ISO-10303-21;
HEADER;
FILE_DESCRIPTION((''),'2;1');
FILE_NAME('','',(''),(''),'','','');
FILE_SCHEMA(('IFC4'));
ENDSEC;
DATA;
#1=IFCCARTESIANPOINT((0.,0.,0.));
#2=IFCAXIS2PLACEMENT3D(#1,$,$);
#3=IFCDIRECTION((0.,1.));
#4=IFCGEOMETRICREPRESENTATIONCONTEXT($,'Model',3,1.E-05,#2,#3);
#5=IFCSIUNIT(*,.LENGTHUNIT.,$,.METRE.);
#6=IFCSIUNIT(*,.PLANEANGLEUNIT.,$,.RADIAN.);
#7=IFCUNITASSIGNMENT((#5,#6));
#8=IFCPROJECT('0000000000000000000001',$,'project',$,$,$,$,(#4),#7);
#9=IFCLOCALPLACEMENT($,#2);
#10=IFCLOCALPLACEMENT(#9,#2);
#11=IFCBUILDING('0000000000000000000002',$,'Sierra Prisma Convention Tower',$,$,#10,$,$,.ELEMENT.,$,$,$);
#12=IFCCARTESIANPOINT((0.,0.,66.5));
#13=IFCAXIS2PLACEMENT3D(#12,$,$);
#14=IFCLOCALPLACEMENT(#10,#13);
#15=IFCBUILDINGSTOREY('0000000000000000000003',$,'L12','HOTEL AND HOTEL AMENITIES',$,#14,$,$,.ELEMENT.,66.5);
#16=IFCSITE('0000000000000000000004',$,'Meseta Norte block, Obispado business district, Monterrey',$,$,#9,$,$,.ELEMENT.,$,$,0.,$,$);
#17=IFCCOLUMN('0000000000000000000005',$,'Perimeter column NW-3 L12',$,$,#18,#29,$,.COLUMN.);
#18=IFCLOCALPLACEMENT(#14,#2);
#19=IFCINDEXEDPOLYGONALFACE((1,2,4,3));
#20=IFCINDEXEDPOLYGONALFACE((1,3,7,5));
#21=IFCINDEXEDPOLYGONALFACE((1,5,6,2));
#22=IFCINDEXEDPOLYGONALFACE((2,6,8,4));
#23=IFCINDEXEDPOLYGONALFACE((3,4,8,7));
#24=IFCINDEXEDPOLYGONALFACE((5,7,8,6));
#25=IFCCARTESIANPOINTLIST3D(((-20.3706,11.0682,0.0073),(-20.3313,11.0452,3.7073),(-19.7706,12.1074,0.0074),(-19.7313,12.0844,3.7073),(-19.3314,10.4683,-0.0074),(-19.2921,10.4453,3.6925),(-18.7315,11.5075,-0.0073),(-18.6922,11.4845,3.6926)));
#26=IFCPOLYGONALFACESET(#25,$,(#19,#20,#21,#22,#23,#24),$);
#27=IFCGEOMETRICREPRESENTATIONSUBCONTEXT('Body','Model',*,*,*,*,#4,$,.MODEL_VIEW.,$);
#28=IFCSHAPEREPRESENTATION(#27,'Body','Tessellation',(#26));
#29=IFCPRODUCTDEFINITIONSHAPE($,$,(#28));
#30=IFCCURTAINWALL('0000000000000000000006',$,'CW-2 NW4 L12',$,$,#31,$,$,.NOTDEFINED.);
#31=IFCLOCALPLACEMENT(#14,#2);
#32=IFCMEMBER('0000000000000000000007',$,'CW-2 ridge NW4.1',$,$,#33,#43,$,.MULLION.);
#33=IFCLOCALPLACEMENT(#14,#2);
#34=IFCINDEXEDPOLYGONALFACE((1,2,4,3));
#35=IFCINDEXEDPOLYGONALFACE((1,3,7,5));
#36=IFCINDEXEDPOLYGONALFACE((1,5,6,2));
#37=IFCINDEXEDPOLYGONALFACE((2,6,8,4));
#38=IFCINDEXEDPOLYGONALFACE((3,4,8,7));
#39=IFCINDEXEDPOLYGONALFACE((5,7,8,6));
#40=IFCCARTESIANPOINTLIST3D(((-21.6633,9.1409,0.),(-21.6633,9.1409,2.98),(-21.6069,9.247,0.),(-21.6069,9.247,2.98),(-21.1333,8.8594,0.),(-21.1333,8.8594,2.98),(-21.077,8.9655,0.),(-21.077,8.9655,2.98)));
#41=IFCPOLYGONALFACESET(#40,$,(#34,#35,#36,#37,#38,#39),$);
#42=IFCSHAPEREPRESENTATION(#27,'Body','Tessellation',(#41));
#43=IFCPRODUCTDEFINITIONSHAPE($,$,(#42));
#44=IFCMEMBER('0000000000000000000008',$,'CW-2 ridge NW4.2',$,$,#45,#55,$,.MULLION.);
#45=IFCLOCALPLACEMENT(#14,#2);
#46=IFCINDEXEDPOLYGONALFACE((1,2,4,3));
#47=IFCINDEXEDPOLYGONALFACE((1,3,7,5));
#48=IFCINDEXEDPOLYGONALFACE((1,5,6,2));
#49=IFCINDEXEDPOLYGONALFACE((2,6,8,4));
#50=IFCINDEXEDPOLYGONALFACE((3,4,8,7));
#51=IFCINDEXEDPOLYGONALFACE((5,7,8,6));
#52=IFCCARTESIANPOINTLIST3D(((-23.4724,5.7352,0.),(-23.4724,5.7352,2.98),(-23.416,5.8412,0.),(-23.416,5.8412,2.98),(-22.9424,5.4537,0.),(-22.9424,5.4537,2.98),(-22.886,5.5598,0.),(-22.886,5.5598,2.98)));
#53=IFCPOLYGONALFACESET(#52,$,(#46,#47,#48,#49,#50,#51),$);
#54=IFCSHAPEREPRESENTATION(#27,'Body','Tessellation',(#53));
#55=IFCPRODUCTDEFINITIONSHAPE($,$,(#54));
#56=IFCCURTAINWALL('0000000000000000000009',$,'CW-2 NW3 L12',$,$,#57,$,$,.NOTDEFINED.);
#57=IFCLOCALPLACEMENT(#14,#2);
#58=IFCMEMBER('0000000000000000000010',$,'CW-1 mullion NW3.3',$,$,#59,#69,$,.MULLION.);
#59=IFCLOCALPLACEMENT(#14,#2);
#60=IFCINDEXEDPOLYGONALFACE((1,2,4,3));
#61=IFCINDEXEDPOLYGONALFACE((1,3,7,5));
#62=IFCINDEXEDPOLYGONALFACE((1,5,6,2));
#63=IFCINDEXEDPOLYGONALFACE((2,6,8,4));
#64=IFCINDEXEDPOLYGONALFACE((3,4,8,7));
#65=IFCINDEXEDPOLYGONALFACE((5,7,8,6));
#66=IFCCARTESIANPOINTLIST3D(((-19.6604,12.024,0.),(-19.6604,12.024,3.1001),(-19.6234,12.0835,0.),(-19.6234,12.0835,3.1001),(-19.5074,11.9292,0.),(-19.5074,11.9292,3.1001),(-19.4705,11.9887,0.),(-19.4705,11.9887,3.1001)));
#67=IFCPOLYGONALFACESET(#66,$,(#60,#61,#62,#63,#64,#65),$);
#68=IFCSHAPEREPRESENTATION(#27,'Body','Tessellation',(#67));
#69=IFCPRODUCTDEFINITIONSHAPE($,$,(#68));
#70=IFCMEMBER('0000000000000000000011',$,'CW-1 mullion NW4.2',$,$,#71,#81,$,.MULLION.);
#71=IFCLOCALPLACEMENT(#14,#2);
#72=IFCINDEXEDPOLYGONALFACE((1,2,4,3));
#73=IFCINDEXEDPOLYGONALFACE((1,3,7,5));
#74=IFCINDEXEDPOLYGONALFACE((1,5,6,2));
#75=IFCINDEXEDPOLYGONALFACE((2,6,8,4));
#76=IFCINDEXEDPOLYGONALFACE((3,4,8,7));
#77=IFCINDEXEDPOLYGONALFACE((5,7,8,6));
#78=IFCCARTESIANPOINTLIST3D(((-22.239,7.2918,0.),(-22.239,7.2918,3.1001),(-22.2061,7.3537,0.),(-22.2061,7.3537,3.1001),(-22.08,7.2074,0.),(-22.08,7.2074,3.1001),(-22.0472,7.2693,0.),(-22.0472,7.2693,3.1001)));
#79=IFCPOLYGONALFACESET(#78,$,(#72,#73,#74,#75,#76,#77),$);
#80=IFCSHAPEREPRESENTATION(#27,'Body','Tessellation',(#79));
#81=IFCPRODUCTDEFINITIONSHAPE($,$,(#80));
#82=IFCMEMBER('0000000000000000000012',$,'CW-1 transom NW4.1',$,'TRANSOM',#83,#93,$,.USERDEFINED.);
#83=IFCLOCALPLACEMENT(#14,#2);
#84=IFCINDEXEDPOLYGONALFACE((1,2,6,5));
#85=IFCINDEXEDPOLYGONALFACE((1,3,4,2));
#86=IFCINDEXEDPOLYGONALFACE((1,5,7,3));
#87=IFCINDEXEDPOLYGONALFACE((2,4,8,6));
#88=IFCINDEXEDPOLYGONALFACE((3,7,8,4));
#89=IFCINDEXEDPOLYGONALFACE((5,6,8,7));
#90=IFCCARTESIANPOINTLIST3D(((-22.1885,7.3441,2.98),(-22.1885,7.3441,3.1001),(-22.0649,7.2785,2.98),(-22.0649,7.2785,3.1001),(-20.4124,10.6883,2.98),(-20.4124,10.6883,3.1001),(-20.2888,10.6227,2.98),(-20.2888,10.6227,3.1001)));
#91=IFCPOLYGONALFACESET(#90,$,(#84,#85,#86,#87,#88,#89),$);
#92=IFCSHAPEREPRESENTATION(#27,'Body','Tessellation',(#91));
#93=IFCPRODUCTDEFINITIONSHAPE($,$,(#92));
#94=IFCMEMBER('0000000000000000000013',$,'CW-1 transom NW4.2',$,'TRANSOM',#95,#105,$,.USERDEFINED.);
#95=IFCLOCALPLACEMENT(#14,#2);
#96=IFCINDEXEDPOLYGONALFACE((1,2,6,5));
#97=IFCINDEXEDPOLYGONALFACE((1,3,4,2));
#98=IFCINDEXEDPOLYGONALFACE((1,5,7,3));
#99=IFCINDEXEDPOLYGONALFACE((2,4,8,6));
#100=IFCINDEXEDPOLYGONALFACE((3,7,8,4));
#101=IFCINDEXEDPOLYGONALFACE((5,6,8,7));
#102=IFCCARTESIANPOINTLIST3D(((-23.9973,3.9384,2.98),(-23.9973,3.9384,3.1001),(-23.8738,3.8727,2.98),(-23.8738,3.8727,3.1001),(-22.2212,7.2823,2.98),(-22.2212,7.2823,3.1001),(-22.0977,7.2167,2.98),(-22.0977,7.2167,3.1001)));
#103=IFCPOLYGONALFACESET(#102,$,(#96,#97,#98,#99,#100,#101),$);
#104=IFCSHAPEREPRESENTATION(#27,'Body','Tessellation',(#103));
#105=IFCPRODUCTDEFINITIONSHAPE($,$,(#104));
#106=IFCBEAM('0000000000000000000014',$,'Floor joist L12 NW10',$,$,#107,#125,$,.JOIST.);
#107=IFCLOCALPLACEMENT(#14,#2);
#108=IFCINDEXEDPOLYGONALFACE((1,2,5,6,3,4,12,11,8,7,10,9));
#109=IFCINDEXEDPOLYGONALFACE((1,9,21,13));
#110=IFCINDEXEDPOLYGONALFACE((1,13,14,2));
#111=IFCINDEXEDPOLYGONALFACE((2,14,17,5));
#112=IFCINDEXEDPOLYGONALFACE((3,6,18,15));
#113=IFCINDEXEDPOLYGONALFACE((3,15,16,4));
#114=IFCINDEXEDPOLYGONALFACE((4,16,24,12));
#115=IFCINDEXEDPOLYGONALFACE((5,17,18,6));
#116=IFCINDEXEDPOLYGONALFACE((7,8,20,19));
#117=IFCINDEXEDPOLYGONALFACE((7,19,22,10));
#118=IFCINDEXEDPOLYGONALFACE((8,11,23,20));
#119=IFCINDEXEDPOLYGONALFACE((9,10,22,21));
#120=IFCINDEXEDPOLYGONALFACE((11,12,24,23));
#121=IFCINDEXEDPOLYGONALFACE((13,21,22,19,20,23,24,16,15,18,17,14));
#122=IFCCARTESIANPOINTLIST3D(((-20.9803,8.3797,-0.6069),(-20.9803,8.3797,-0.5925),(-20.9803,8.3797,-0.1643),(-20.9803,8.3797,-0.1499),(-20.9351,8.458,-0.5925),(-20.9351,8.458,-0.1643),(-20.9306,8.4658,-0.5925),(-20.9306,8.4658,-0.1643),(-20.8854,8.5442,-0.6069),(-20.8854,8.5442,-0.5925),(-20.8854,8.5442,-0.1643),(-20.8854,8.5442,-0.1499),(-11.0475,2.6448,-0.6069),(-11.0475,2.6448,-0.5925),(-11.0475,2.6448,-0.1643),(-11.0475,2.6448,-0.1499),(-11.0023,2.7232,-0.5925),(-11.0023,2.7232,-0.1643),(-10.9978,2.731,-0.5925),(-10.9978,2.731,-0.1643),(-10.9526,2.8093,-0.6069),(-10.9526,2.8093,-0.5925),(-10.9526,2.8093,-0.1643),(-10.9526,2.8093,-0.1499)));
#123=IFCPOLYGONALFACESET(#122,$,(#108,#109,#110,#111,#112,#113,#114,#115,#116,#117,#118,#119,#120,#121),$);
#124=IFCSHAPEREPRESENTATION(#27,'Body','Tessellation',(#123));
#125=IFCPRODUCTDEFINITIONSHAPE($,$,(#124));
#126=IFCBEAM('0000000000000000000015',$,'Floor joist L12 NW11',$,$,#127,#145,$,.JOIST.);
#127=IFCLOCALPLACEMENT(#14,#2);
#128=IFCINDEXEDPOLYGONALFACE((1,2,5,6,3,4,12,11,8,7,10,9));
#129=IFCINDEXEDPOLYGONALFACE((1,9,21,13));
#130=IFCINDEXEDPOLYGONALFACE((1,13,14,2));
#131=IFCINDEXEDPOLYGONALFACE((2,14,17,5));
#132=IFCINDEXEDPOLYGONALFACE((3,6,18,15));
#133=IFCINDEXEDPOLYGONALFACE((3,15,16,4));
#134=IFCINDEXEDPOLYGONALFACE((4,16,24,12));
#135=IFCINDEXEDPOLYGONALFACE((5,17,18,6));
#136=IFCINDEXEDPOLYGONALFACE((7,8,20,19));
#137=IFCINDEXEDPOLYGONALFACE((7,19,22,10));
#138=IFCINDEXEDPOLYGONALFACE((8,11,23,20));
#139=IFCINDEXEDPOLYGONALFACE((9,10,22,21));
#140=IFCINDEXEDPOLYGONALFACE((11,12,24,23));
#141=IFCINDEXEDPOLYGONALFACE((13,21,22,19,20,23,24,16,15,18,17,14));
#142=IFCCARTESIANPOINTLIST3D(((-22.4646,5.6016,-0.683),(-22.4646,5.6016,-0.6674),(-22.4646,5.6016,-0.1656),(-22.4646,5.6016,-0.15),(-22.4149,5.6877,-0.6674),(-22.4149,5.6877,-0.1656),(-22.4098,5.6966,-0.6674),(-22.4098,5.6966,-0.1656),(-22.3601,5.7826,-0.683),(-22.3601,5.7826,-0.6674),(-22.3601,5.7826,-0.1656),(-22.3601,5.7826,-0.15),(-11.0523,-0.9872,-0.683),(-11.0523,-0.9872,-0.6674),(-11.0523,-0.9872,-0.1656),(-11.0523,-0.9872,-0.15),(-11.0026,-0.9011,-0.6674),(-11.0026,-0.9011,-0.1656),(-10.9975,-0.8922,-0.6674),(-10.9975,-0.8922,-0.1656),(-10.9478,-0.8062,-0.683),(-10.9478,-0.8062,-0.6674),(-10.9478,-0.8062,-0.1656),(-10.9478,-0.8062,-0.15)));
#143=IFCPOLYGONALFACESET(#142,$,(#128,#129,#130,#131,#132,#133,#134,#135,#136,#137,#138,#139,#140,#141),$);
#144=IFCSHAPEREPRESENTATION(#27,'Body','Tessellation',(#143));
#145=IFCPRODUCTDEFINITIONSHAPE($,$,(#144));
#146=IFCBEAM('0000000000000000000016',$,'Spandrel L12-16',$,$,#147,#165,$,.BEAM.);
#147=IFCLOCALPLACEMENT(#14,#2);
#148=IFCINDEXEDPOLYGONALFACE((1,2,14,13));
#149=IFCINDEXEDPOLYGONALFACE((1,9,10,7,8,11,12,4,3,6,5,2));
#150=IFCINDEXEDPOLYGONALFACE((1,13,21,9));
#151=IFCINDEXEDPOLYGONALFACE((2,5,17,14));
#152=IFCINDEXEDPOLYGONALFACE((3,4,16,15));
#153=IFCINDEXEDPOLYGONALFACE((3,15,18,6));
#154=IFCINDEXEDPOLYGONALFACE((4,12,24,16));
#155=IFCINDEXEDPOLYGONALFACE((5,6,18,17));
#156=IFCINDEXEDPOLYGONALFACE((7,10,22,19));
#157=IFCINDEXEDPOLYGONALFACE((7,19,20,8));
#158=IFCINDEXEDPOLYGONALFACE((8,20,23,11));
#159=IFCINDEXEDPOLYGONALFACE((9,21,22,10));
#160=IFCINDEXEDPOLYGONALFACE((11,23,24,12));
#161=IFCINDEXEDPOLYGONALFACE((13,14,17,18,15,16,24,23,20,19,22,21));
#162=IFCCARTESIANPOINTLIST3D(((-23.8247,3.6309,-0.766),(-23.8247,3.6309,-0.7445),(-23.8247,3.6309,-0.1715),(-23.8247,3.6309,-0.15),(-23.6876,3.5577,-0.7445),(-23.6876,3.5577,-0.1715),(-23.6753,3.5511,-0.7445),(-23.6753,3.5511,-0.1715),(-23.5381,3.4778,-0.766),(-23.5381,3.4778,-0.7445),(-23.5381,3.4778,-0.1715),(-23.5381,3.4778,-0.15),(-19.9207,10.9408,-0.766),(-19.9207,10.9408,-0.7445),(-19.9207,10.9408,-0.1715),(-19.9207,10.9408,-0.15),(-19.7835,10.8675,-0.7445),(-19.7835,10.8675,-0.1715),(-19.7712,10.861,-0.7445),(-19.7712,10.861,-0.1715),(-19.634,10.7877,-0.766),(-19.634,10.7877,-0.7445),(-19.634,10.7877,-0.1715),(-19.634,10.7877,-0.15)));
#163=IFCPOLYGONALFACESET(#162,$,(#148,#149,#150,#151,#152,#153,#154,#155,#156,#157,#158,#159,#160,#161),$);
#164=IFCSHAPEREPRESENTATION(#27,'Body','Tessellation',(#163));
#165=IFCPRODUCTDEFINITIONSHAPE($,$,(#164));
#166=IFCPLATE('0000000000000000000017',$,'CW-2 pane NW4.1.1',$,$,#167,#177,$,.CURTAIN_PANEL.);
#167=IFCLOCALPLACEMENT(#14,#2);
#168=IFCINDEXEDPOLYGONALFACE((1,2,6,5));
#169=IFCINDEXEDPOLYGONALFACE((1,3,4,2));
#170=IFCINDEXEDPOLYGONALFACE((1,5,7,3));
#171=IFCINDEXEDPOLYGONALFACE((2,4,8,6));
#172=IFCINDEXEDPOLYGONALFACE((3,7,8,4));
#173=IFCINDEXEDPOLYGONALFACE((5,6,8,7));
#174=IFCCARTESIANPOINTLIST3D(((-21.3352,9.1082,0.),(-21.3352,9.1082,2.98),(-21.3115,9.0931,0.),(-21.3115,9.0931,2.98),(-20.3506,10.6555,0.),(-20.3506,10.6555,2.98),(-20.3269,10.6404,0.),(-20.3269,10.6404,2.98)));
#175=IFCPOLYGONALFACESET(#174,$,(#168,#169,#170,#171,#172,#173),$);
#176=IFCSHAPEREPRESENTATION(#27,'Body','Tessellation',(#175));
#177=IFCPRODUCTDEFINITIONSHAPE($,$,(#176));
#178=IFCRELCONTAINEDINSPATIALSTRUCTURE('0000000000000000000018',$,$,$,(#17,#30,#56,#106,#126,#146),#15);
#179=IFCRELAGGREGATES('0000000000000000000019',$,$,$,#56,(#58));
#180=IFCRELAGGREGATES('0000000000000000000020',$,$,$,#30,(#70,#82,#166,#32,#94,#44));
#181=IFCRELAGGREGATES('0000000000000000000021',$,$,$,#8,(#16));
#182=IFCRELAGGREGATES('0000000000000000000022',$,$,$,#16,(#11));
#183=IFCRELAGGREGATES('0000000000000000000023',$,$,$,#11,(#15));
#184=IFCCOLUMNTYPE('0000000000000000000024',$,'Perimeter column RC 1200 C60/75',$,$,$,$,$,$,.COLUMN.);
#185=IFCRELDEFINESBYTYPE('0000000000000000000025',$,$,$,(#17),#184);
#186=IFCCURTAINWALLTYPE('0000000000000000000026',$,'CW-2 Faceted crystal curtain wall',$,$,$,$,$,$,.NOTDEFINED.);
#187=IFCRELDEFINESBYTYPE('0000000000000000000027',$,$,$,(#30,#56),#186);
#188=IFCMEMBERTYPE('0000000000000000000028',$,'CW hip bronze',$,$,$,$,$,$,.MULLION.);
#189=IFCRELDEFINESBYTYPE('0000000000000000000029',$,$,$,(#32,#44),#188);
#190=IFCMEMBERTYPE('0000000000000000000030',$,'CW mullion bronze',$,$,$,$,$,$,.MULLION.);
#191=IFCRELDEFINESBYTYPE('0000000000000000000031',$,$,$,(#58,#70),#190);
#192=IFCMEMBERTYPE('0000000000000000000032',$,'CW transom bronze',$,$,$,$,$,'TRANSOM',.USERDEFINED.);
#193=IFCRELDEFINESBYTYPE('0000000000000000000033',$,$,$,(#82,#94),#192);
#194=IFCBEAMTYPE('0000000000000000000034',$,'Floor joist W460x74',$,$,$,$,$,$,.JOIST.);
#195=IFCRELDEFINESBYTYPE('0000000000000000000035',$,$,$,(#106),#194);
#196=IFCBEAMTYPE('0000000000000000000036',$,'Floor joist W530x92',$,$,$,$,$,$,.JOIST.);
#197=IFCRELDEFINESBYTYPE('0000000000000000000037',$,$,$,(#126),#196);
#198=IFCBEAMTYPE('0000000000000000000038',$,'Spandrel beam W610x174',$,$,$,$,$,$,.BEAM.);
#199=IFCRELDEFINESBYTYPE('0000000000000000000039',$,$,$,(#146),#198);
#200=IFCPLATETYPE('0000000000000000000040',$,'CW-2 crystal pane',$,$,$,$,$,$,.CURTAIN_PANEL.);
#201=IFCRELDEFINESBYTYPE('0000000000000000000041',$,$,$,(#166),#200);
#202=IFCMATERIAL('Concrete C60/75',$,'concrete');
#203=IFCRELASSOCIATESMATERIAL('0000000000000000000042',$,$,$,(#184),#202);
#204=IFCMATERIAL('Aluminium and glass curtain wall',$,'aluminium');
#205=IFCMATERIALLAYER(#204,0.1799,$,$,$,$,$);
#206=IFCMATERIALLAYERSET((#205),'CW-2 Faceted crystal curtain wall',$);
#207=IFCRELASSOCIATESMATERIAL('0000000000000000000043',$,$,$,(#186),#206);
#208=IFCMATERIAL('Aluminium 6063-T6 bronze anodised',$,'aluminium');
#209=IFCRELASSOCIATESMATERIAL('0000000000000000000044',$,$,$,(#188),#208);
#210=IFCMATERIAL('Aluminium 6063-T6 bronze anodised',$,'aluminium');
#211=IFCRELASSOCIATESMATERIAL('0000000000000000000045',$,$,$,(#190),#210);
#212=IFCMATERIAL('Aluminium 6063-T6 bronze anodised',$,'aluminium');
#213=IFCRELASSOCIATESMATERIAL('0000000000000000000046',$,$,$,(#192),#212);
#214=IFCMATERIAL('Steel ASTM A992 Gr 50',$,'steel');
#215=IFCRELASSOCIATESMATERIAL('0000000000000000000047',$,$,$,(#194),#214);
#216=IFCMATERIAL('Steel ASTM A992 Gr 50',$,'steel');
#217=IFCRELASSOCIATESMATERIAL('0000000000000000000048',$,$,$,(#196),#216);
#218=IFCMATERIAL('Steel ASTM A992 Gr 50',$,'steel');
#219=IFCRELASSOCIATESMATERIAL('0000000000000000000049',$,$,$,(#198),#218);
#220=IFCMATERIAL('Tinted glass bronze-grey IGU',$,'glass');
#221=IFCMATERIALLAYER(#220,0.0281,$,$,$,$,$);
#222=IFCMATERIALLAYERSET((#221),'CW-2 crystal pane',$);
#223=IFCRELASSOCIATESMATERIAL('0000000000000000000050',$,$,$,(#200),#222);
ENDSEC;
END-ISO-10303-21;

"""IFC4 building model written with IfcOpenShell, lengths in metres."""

from ifc_helpers import new_model, si_unit, direction, frame, origin, origin_2d, place, context, subcontext, project, spatial, polyline, rectangle, i_section, outline, extrude, material, layer, layer_set, material_profile, profile_set, type_object, element, aggregate, save


model = new_model("IFC4")

# Units and contexts
model_context = context("Model", 3, precision=1e-05, world=origin(), true_north=direction((0.0, 1.0)))
body_context = subcontext(model_context, "Body", "Model", "MODEL_VIEW")
ifc_project = project(units=[si_unit("LENGTHUNIT", "METRE"), si_unit("PLANEANGLEUNIT", "RADIAN")], contexts=[model_context])

# Site, building, storey
site_placement = place(None, origin())
site = spatial("IfcSite", under=ifc_project, at=site_placement, Name="Meseta Norte block, Obispado business district, Monterrey", CompositionType="ELEMENT", RefElevation=0.0)
building_placement = place(site_placement, origin())
building = spatial("IfcBuilding", under=site, at=building_placement, Name="Sierra Prisma Convention Tower", CompositionType="ELEMENT")
storey_placement = place(building_placement, frame((0.0, 0.0, 66.5)))
storey = spatial("IfcBuildingStorey", under=building, at=storey_placement, Name="L12", Description="HOTEL AND HOTEL AMENITIES", CompositionType="ELEMENT", Elevation=66.5)

# Column
ifc_material_1 = material(Name="Concrete C60/75", Category="concrete")
ifc_material_profile_1 = material_profile(ifc_material_1, rectangle(XDim=1.2, YDim=1.2, at=origin_2d()), Name="Perimeter column RC 1200 C60/75")
ifc_profile_set_1 = profile_set([ifc_material_profile_1], Name="Concrete C60/75")
column_type = type_object("IfcColumnType", Name="Perimeter column RC 1200 C60/75", PredefinedType="COLUMN", material=ifc_profile_set_1)
column_placement = place(storey_placement, frame((-19.551, 11.2878, 0.0), z_axis=(0.010623, -0.006202, 0.999924), x_axis=(0.499972, 0.866042, 0.00006)))
element("IfcColumn", 1, at=column_placement, inside=storey, type_object=column_type, Name="Perimeter column NW-3 L12", PredefinedType="COLUMN", context=body_context, shape_type="SweptSolid", body=[
    extrude(rectangle(XDim=1.2, YDim=1.2, at=origin_2d()), origin(), (0.0, 0.0, 1.0), 3.7002),
])

# Curtain wall, members
ifc_material_2 = material(Name="Aluminium and glass curtain wall", Category="aluminium")
ifc_layer_1 = layer(ifc_material_2, 0.1799)
ifc_layer_set_1 = layer_set([ifc_layer_1], Name="CW-2 Faceted crystal curtain wall")
curtain_wall_type = type_object("IfcCurtainWallType", Name="CW-2 Faceted crystal curtain wall", PredefinedType="NOTDEFINED", material=ifc_layer_set_1)
curtain_wall_1_placement = place(storey_placement, origin())
curtain_wall_1 = element("IfcCurtainWall", 2, at=curtain_wall_1_placement, inside=storey, type_object=curtain_wall_type, Name="CW-2 NW4 L12", PredefinedType="NOTDEFINED")
ifc_material_3 = material(Name="Aluminium 6063-T6 bronze anodised", Category="aluminium")
ifc_material_profile_2 = material_profile(ifc_material_3, rectangle(XDim=0.1201, YDim=0.6001, at=origin_2d()), Name="ALU RIDGE BLADE 120x600")
ifc_profile_set_2 = profile_set([ifc_material_profile_2], Name="Aluminium 6063-T6 bronze anodised")
member_type_1 = type_object("IfcMemberType", Name="CW hip bronze", PredefinedType="MULLION", material=ifc_profile_set_2)
member_1_placement = place(storey_placement, frame((-21.3701, 9.0532, 0.0), z_axis=(0.0, 0.0, 1.0), x_axis=(-0.469079, -0.883156, 0.0)))
member_1 = element("IfcMember", 3, at=member_1_placement, type_object=member_type_1, Name="CW-2 ridge NW4.1", PredefinedType="MULLION", context=body_context, shape_type="SweptSolid", body=[
    extrude(rectangle(XDim=0.1201, YDim=0.6001, at=origin_2d()), origin(), (0.0, 0.0, 1.0), 2.98),
])
member_2_placement = place(storey_placement, frame((-23.1792, 5.6475, 0.0), z_axis=(0.0, 0.0, 1.0), x_axis=(-0.469079, -0.883156, 0.0)))
member_2 = element("IfcMember", 4, at=member_2_placement, type_object=member_type_1, Name="CW-2 ridge NW4.2", PredefinedType="MULLION", context=body_context, shape_type="SweptSolid", body=[
    extrude(rectangle(XDim=0.1201, YDim=0.6001, at=origin_2d()), origin(), (0.0, 0.0, 1.0), 2.98),
])

# Curtain wall, member
curtain_wall_2_placement = place(storey_placement, origin())
curtain_wall_2 = element("IfcCurtainWall", 5, at=curtain_wall_2_placement, inside=storey, type_object=curtain_wall_type, Name="CW-2 NW3 L12", PredefinedType="NOTDEFINED")
ifc_material_4 = material(Name="Aluminium 6063-T6 bronze anodised", Category="aluminium")
ifc_material_profile_3 = material_profile(ifc_material_4, rectangle(XDim=0.1799, YDim=0.0701, at=origin_2d()), Name="ALU MULLION 70x180")
ifc_profile_set_3 = profile_set([ifc_material_profile_3], Name="Aluminium 6063-T6 bronze anodised")
member_type_2 = type_object("IfcMemberType", Name="CW mullion bronze", PredefinedType="MULLION", material=ifc_profile_set_3)
member_3_placement = place(storey_placement, frame((-19.5654, 12.0063, 0.0), z_axis=(0.0, 0.0, 1.0), x_axis=(0.849905, -0.526936, 0.0)))
member_3 = element("IfcMember", 6, at=member_3_placement, type_object=member_type_2, Name="CW-1 mullion NW3.3", PredefinedType="MULLION", context=body_context, shape_type="SweptSolid", body=[
    extrude(rectangle(XDim=0.1799, YDim=0.0701, at=origin_2d()), origin(), (0.0, 0.0, 1.0), 3.1001),
])
aggregate(curtain_wall_2, [member_3])

# Members
member_4_placement = place(storey_placement, frame((-22.1431, 7.2805, 0.0), z_axis=(0.0, 0.0, 1.0), x_axis=(0.883156, -0.469079, 0.0)))
member_4 = element("IfcMember", 7, at=member_4_placement, type_object=member_type_2, Name="CW-1 mullion NW4.2", PredefinedType="MULLION", context=body_context, shape_type="SweptSolid", body=[
    extrude(rectangle(XDim=0.1799, YDim=0.0701, at=origin_2d()), origin(), (0.0, 0.0, 1.0), 3.1001),
])
ifc_material_5 = material(Name="Aluminium 6063-T6 bronze anodised", Category="aluminium")
ifc_material_profile_4 = material_profile(ifc_material_5, rectangle(XDim=0.1399, YDim=0.1201, at=origin_2d()), Name="ALU TRANSOM 120x140")
ifc_profile_set_4 = profile_set([ifc_material_profile_4], Name="Aluminium 6063-T6 bronze anodised")
member_type_3 = type_object("IfcMemberType", Name="CW transom bronze", ElementType="TRANSOM", PredefinedType="USERDEFINED", material=ifc_profile_set_4)
member_5_placement = place(storey_placement, frame((-20.3506, 10.6555, 3.04), z_axis=(-0.469052, -0.883171, 0.0), x_axis=(0.883171, -0.469052, 0.0)))
member_5 = element("IfcMember", 8, at=member_5_placement, type_object=member_type_3, Name="CW-1 transom NW4.1", ObjectType="TRANSOM", PredefinedType="USERDEFINED", context=body_context, shape_type="SweptSolid", body=[
    extrude(rectangle(XDim=0.1399, YDim=0.1201, at=origin_2d()), origin(), (0.0, 0.0, 1.0), 3.7866),
])
member_6_placement = place(storey_placement, frame((-22.1594, 7.2495, 3.04), z_axis=(-0.469078, -0.883157, 0.0), x_axis=(0.883157, -0.469078, 0.0)))
member_6 = element("IfcMember", 9, at=member_6_placement, type_object=member_type_3, Name="CW-1 transom NW4.2", ObjectType="TRANSOM", PredefinedType="USERDEFINED", context=body_context, shape_type="SweptSolid", body=[
    extrude(rectangle(XDim=0.1399, YDim=0.1201, at=origin_2d()), origin(), (0.0, 0.0, 1.0), 3.7864),
])

# Beams
ifc_material_6 = material(Name="Steel ASTM A992 Gr 50", Category="steel")
ifc_material_profile_5 = material_profile(ifc_material_6, i_section(OverallWidth=0.1899, OverallDepth=0.457, WebThickness=0.009, FlangeThickness=0.0144, at=origin_2d()), Name="W460x74")
ifc_profile_set_5 = profile_set([ifc_material_profile_5], Name="Steel ASTM A992 Gr 50")
beam_type_1 = type_object("IfcBeamType", Name="Floor joist W460x74", PredefinedType="JOIST", material=ifc_profile_set_5)
beam_1_placement = place(storey_placement, frame((-20.9329, 8.4619, -0.3784), z_axis=(0.866021, -0.500008, 0.0), x_axis=(0.500008, 0.866021, 0.0)))
element("IfcBeam", 10, at=beam_1_placement, inside=storey, type_object=beam_type_1, Name="Floor joist L12 NW10", PredefinedType="JOIST", context=body_context, shape_type="SweptSolid", body=[
    extrude(i_section(OverallWidth=0.1899, OverallDepth=0.457, WebThickness=0.009, FlangeThickness=0.0144, at=origin_2d()), origin(), (0.0, 0.0, 1.0), 11.4695),
])
ifc_material_7 = material(Name="Steel ASTM A992 Gr 50", Category="steel")
ifc_material_profile_6 = material_profile(ifc_material_7, i_section(OverallWidth=0.209, OverallDepth=0.533, WebThickness=0.0103, FlangeThickness=0.0156, at=origin_2d()), Name="W530x92")
ifc_profile_set_6 = profile_set([ifc_material_profile_6], Name="Steel ASTM A992 Gr 50")
beam_type_2 = type_object("IfcBeamType", Name="Floor joist W530x92", PredefinedType="JOIST", material=ifc_profile_set_6)
beam_2_placement = place(storey_placement, frame((-22.4124, 5.6921, -0.4165), z_axis=(0.866027, -0.499997, 0.0), x_axis=(0.499997, 0.866027, 0.0)))
element("IfcBeam", 11, at=beam_2_placement, inside=storey, type_object=beam_type_2, Name="Floor joist L12 NW11", PredefinedType="JOIST", context=body_context, shape_type="SweptSolid", body=[
    extrude(i_section(OverallWidth=0.209, OverallDepth=0.533, WebThickness=0.0103, FlangeThickness=0.0156, at=origin_2d()), origin(), (0.0, 0.0, 1.0), 13.1777),
])
ifc_material_8 = material(Name="Steel ASTM A992 Gr 50", Category="steel")
ifc_material_profile_7 = material_profile(ifc_material_8, i_section(OverallWidth=0.325, OverallDepth=0.616, WebThickness=0.0139, FlangeThickness=0.0215, at=origin_2d()), Name="W610x174")
ifc_profile_set_7 = profile_set([ifc_material_profile_7], Name="Steel ASTM A992 Gr 50")
beam_type_3 = type_object("IfcBeamType", Name="Spandrel beam W610x174", PredefinedType="BEAM", material=ifc_profile_set_7)
beam_3_placement = place(storey_placement, frame((-19.7773, 10.8643, -0.458), z_axis=(-0.471103, -0.882078, 0.0), x_axis=(0.882078, -0.471103, 0.0)))
element("IfcBeam", 12, at=beam_3_placement, inside=storey, type_object=beam_type_3, Name="Spandrel L12-16", PredefinedType="BEAM", context=body_context, shape_type="SweptSolid", body=[
    extrude(i_section(OverallWidth=0.325, OverallDepth=0.616, WebThickness=0.0139, FlangeThickness=0.0215, at=origin_2d()), origin(), (0.0, 0.0, 1.0), 8.2871),
])

# Plate
ifc_material_9 = material(Name="Tinted glass bronze-grey IGU", Category="glass")
ifc_layer_2 = layer(ifc_material_9, 0.0281)
ifc_layer_set_2 = layer_set([ifc_layer_2], Name="CW-2 crystal pane")
plate_type = type_object("IfcPlateType", Name="CW-2 crystal pane", PredefinedType="CURTAIN_PANEL", material=ifc_layer_set_2)
plate_1_placement = place(storey_placement, frame((-20.3506, 10.6555, 0.0), z_axis=(-0.843678, 0.53685, 0.0), x_axis=(-0.53685, -0.843678, 0.0)))
plate_1 = element("IfcPlate", 13, at=plate_1_placement, type_object=plate_type, Name="CW-2 pane NW4.1.1", PredefinedType="CURTAIN_PANEL", context=body_context, shape_type="SweptSolid", body=[
    extrude(outline(polyline([(0.0, 0.0), (1.8341, 0.0), (1.8341, 2.98), (0.0, 2.98), (0.0, 0.0)])), origin(), (0.0, 0.0, -1.0), 0.0281),
])
aggregate(curtain_wall_1, [member_4, member_5, plate_1, member_1, member_6, member_2])

save(model, "model.ifc")
